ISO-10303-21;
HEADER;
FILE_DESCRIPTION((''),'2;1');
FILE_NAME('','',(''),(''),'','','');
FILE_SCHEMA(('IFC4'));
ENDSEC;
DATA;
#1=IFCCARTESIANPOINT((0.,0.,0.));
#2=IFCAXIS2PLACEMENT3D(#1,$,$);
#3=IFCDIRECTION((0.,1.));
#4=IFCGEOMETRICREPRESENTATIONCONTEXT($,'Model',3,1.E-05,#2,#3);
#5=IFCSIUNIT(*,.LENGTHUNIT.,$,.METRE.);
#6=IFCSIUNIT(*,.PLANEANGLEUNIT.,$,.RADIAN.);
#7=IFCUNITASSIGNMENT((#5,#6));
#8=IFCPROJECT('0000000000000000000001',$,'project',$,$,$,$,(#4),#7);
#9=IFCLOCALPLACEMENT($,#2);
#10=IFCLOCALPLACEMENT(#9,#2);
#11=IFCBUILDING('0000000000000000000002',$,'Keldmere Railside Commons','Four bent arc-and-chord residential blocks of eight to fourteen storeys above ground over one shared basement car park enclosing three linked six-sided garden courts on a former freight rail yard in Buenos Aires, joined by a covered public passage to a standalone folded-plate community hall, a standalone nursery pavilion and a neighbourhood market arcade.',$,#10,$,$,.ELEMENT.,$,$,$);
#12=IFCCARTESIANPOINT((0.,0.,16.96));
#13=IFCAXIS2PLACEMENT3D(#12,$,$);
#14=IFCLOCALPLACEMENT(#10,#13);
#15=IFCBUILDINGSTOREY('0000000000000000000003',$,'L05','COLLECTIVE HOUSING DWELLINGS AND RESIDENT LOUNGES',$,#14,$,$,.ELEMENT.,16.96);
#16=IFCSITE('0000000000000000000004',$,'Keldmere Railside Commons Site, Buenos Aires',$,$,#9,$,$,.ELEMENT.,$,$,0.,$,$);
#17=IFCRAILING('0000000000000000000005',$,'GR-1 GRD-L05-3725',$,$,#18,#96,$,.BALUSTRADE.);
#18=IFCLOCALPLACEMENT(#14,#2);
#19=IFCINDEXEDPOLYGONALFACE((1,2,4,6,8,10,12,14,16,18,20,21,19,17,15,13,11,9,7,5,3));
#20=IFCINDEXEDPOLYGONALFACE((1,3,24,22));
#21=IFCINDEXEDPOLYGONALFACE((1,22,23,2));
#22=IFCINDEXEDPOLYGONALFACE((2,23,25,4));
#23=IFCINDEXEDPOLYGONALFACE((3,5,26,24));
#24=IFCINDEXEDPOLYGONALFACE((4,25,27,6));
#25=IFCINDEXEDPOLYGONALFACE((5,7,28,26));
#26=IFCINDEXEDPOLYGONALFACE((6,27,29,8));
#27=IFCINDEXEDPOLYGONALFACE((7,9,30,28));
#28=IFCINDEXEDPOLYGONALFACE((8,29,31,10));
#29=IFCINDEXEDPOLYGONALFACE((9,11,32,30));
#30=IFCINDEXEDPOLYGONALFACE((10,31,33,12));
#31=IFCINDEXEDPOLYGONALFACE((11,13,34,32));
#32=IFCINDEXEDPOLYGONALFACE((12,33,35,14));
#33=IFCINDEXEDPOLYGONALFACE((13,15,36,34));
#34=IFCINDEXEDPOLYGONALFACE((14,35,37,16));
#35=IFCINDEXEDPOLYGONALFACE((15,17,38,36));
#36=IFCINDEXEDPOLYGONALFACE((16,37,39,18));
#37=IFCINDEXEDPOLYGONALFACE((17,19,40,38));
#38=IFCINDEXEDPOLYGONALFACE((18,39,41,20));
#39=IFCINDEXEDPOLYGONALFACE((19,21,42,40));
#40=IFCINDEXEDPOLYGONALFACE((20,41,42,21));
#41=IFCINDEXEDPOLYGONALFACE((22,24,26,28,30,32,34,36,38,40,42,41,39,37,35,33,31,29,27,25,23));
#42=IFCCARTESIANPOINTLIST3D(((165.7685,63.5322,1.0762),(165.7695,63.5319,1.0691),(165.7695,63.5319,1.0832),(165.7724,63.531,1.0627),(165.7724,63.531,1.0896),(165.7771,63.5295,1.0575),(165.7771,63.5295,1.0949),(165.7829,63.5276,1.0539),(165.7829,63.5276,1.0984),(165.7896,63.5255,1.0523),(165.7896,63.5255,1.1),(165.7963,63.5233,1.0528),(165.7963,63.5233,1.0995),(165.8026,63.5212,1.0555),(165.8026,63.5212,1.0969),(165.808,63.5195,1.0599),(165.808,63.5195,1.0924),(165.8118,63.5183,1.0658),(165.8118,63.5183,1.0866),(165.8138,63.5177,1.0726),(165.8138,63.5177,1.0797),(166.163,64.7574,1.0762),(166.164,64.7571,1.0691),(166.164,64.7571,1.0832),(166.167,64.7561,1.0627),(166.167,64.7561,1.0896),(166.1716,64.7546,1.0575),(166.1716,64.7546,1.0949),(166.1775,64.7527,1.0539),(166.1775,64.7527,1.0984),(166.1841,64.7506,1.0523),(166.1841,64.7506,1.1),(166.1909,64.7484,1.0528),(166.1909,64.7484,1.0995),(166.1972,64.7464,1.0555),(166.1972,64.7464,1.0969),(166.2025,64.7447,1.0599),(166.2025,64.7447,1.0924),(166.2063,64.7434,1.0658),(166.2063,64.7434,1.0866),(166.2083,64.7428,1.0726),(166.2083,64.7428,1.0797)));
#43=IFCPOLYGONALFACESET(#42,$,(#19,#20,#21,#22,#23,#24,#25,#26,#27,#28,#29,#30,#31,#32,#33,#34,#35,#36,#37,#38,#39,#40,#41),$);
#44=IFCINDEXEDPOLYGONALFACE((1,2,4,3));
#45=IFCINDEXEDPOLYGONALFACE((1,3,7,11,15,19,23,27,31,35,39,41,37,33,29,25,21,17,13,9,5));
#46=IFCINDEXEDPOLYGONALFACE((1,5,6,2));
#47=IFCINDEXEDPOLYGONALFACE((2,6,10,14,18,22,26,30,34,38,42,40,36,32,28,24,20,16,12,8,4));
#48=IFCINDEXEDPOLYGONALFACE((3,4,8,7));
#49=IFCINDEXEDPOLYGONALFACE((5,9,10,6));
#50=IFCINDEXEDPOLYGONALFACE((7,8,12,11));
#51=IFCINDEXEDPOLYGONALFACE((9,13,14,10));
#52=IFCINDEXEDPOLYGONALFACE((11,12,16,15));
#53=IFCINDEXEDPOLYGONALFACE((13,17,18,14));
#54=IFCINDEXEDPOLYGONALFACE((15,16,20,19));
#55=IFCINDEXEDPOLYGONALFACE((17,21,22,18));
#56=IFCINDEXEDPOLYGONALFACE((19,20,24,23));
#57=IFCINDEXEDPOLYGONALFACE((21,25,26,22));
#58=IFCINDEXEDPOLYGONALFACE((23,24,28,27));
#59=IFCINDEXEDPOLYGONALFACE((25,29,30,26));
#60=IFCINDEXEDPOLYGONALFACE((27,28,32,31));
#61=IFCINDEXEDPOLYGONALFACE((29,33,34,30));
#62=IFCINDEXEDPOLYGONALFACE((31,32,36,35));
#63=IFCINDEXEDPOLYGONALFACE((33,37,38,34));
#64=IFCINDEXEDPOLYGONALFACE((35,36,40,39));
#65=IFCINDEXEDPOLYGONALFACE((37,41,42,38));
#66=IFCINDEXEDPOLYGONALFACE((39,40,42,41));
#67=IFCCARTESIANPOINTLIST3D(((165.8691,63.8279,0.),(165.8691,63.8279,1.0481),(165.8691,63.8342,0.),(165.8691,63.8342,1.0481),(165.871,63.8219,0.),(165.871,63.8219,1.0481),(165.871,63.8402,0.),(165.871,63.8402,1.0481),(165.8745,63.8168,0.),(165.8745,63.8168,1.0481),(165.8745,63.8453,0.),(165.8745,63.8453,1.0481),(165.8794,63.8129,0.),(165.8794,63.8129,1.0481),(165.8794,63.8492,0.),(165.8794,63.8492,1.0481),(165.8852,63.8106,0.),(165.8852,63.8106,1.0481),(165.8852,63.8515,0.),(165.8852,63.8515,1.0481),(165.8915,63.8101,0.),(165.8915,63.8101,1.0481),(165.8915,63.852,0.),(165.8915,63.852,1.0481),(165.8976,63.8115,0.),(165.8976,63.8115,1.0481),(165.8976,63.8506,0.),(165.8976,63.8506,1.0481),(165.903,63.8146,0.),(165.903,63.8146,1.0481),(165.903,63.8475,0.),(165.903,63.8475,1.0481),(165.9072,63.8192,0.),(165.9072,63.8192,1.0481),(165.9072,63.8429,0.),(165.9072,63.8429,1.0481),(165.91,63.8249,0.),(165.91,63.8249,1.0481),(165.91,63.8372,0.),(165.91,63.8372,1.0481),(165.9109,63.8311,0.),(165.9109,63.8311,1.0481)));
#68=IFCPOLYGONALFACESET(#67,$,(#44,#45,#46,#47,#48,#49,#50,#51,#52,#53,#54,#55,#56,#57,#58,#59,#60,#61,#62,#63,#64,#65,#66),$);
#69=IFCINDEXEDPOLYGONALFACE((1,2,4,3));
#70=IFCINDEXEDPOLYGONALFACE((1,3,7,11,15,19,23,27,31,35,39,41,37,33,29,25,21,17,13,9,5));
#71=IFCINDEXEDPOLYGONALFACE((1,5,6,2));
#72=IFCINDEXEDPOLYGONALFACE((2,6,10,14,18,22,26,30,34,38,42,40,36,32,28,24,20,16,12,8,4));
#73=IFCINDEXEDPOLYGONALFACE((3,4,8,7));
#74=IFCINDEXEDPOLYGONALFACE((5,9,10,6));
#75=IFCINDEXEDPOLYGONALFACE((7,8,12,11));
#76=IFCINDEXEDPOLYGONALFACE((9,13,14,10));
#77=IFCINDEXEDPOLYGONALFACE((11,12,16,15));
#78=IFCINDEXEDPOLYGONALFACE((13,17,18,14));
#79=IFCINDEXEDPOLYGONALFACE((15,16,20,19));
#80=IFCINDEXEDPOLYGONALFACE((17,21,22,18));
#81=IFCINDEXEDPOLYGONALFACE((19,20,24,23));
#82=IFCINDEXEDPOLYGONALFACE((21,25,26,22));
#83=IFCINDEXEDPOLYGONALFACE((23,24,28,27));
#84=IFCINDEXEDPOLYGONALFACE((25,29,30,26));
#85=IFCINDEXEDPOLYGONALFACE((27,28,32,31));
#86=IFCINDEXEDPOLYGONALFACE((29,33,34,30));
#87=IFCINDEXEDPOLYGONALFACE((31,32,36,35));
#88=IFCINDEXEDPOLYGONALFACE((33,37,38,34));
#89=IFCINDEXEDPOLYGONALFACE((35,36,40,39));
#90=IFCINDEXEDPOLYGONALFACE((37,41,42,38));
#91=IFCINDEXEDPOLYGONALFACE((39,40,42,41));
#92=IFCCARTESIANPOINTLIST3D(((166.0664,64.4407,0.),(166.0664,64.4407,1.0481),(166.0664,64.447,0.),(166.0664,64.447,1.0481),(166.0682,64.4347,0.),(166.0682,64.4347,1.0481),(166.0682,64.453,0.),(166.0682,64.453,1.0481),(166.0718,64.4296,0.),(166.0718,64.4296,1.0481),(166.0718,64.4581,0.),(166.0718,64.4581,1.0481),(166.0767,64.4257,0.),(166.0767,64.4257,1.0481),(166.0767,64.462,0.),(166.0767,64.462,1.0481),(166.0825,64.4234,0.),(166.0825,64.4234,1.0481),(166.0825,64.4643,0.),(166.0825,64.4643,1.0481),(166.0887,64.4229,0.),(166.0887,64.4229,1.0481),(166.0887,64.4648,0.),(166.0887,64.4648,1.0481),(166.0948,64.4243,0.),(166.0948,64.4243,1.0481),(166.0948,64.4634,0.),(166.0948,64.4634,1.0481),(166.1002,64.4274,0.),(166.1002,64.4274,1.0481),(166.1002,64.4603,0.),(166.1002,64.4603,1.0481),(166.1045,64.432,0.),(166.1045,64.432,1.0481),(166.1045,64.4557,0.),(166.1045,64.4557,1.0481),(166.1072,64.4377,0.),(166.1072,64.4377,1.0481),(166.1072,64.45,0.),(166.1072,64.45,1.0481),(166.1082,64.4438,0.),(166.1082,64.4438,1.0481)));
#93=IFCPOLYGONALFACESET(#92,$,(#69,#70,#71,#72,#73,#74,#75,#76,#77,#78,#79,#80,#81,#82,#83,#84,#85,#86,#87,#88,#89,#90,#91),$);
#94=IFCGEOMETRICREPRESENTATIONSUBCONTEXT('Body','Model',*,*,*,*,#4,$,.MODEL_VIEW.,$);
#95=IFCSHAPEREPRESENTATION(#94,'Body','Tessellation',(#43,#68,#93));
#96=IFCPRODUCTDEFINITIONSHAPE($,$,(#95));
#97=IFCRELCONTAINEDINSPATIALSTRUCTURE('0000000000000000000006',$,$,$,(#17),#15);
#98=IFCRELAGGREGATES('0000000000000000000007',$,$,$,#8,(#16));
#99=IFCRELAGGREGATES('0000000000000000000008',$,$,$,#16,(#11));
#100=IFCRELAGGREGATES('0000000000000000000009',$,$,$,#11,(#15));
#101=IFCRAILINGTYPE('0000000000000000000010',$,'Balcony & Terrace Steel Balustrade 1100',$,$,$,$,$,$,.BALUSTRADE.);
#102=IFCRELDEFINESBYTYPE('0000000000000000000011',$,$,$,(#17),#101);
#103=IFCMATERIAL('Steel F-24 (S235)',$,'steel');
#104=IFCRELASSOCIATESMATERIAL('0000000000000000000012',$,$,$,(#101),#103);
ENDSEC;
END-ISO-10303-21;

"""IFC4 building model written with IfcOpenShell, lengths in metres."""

from ifc_helpers import new_model, si_unit, direction, frame, origin, origin_2d, place, context, subcontext, project, spatial, circle, extrude, material, type_object, element, save


model = new_model("IFC4")

# Units and contexts
model_context = context("Model", 3, precision=1e-05, world=origin(), true_north=direction((0.0, 1.0)))
body_context = subcontext(model_context, "Body", "Model", "MODEL_VIEW")
ifc_project = project(units=[si_unit("LENGTHUNIT", "METRE"), si_unit("PLANEANGLEUNIT", "RADIAN")], contexts=[model_context])

# Site, building, storey
site_placement = place(None, origin())
site = spatial("IfcSite", under=ifc_project, at=site_placement, Name="Keldmere Railside Commons Site, Buenos Aires", CompositionType="ELEMENT", RefElevation=0.0)
building_placement = place(site_placement, origin())
building = spatial("IfcBuilding", under=site, at=building_placement, Name="Keldmere Railside Commons", Description="Four bent arc-and-chord residential blocks of eight to fourteen storeys above ground over one shared basement car park enclosing three linked six-sided garden courts on a former freight rail yard in Buenos Aires, joined by a covered public passage to a standalone folded-plate community hall, a standalone nursery pavilion and a neighbourhood market arcade.", CompositionType="ELEMENT")
storey_placement = place(building_placement, frame((0.0, 0.0, 16.96)))
storey = spatial("IfcBuildingStorey", under=building, at=storey_placement, Name="L05", Description="COLLECTIVE HOUSING DWELLINGS AND RESIDENT LOUNGES", CompositionType="ELEMENT", Elevation=16.96)

# Railing
ifc_material_1 = material(Name="Steel F-24 (S235)", Category="steel")
railing_type = type_object("IfcRailingType", Name="Balcony & Terrace Steel Balustrade 1100", PredefinedType="BALUSTRADE", material=ifc_material_1)
railing_1_placement = place(storey_placement, frame((165.7913, 63.5249, 0.0)))
element("IfcRailing", 1, at=railing_1_placement, inside=storey, type_object=railing_type, Name="GR-1 GRD-L05-3725", PredefinedType="BALUSTRADE", context=body_context, shape_type="SweptSolid", body=[
    extrude(circle(Radius=0.0239, at=origin_2d()), frame((0.0, 0.0, 1.0762), z_axis=(0.306537, 0.951859, 0.0), x_axis=(-0.951859, 0.306537, 0.0)), (0.0, 0.0, 1.0), 1.2871),
    extrude(circle(Radius=0.021, at=origin_2d()), frame((0.0986, 0.3062, 0.0)), (0.0, 0.0, 1.0), 1.0481),
    extrude(circle(Radius=0.021, at=origin_2d()), frame((0.2959, 0.9189, 0.0)), (0.0, 0.0, 1.0), 1.0481),
])

save(model, "model.ifc")
